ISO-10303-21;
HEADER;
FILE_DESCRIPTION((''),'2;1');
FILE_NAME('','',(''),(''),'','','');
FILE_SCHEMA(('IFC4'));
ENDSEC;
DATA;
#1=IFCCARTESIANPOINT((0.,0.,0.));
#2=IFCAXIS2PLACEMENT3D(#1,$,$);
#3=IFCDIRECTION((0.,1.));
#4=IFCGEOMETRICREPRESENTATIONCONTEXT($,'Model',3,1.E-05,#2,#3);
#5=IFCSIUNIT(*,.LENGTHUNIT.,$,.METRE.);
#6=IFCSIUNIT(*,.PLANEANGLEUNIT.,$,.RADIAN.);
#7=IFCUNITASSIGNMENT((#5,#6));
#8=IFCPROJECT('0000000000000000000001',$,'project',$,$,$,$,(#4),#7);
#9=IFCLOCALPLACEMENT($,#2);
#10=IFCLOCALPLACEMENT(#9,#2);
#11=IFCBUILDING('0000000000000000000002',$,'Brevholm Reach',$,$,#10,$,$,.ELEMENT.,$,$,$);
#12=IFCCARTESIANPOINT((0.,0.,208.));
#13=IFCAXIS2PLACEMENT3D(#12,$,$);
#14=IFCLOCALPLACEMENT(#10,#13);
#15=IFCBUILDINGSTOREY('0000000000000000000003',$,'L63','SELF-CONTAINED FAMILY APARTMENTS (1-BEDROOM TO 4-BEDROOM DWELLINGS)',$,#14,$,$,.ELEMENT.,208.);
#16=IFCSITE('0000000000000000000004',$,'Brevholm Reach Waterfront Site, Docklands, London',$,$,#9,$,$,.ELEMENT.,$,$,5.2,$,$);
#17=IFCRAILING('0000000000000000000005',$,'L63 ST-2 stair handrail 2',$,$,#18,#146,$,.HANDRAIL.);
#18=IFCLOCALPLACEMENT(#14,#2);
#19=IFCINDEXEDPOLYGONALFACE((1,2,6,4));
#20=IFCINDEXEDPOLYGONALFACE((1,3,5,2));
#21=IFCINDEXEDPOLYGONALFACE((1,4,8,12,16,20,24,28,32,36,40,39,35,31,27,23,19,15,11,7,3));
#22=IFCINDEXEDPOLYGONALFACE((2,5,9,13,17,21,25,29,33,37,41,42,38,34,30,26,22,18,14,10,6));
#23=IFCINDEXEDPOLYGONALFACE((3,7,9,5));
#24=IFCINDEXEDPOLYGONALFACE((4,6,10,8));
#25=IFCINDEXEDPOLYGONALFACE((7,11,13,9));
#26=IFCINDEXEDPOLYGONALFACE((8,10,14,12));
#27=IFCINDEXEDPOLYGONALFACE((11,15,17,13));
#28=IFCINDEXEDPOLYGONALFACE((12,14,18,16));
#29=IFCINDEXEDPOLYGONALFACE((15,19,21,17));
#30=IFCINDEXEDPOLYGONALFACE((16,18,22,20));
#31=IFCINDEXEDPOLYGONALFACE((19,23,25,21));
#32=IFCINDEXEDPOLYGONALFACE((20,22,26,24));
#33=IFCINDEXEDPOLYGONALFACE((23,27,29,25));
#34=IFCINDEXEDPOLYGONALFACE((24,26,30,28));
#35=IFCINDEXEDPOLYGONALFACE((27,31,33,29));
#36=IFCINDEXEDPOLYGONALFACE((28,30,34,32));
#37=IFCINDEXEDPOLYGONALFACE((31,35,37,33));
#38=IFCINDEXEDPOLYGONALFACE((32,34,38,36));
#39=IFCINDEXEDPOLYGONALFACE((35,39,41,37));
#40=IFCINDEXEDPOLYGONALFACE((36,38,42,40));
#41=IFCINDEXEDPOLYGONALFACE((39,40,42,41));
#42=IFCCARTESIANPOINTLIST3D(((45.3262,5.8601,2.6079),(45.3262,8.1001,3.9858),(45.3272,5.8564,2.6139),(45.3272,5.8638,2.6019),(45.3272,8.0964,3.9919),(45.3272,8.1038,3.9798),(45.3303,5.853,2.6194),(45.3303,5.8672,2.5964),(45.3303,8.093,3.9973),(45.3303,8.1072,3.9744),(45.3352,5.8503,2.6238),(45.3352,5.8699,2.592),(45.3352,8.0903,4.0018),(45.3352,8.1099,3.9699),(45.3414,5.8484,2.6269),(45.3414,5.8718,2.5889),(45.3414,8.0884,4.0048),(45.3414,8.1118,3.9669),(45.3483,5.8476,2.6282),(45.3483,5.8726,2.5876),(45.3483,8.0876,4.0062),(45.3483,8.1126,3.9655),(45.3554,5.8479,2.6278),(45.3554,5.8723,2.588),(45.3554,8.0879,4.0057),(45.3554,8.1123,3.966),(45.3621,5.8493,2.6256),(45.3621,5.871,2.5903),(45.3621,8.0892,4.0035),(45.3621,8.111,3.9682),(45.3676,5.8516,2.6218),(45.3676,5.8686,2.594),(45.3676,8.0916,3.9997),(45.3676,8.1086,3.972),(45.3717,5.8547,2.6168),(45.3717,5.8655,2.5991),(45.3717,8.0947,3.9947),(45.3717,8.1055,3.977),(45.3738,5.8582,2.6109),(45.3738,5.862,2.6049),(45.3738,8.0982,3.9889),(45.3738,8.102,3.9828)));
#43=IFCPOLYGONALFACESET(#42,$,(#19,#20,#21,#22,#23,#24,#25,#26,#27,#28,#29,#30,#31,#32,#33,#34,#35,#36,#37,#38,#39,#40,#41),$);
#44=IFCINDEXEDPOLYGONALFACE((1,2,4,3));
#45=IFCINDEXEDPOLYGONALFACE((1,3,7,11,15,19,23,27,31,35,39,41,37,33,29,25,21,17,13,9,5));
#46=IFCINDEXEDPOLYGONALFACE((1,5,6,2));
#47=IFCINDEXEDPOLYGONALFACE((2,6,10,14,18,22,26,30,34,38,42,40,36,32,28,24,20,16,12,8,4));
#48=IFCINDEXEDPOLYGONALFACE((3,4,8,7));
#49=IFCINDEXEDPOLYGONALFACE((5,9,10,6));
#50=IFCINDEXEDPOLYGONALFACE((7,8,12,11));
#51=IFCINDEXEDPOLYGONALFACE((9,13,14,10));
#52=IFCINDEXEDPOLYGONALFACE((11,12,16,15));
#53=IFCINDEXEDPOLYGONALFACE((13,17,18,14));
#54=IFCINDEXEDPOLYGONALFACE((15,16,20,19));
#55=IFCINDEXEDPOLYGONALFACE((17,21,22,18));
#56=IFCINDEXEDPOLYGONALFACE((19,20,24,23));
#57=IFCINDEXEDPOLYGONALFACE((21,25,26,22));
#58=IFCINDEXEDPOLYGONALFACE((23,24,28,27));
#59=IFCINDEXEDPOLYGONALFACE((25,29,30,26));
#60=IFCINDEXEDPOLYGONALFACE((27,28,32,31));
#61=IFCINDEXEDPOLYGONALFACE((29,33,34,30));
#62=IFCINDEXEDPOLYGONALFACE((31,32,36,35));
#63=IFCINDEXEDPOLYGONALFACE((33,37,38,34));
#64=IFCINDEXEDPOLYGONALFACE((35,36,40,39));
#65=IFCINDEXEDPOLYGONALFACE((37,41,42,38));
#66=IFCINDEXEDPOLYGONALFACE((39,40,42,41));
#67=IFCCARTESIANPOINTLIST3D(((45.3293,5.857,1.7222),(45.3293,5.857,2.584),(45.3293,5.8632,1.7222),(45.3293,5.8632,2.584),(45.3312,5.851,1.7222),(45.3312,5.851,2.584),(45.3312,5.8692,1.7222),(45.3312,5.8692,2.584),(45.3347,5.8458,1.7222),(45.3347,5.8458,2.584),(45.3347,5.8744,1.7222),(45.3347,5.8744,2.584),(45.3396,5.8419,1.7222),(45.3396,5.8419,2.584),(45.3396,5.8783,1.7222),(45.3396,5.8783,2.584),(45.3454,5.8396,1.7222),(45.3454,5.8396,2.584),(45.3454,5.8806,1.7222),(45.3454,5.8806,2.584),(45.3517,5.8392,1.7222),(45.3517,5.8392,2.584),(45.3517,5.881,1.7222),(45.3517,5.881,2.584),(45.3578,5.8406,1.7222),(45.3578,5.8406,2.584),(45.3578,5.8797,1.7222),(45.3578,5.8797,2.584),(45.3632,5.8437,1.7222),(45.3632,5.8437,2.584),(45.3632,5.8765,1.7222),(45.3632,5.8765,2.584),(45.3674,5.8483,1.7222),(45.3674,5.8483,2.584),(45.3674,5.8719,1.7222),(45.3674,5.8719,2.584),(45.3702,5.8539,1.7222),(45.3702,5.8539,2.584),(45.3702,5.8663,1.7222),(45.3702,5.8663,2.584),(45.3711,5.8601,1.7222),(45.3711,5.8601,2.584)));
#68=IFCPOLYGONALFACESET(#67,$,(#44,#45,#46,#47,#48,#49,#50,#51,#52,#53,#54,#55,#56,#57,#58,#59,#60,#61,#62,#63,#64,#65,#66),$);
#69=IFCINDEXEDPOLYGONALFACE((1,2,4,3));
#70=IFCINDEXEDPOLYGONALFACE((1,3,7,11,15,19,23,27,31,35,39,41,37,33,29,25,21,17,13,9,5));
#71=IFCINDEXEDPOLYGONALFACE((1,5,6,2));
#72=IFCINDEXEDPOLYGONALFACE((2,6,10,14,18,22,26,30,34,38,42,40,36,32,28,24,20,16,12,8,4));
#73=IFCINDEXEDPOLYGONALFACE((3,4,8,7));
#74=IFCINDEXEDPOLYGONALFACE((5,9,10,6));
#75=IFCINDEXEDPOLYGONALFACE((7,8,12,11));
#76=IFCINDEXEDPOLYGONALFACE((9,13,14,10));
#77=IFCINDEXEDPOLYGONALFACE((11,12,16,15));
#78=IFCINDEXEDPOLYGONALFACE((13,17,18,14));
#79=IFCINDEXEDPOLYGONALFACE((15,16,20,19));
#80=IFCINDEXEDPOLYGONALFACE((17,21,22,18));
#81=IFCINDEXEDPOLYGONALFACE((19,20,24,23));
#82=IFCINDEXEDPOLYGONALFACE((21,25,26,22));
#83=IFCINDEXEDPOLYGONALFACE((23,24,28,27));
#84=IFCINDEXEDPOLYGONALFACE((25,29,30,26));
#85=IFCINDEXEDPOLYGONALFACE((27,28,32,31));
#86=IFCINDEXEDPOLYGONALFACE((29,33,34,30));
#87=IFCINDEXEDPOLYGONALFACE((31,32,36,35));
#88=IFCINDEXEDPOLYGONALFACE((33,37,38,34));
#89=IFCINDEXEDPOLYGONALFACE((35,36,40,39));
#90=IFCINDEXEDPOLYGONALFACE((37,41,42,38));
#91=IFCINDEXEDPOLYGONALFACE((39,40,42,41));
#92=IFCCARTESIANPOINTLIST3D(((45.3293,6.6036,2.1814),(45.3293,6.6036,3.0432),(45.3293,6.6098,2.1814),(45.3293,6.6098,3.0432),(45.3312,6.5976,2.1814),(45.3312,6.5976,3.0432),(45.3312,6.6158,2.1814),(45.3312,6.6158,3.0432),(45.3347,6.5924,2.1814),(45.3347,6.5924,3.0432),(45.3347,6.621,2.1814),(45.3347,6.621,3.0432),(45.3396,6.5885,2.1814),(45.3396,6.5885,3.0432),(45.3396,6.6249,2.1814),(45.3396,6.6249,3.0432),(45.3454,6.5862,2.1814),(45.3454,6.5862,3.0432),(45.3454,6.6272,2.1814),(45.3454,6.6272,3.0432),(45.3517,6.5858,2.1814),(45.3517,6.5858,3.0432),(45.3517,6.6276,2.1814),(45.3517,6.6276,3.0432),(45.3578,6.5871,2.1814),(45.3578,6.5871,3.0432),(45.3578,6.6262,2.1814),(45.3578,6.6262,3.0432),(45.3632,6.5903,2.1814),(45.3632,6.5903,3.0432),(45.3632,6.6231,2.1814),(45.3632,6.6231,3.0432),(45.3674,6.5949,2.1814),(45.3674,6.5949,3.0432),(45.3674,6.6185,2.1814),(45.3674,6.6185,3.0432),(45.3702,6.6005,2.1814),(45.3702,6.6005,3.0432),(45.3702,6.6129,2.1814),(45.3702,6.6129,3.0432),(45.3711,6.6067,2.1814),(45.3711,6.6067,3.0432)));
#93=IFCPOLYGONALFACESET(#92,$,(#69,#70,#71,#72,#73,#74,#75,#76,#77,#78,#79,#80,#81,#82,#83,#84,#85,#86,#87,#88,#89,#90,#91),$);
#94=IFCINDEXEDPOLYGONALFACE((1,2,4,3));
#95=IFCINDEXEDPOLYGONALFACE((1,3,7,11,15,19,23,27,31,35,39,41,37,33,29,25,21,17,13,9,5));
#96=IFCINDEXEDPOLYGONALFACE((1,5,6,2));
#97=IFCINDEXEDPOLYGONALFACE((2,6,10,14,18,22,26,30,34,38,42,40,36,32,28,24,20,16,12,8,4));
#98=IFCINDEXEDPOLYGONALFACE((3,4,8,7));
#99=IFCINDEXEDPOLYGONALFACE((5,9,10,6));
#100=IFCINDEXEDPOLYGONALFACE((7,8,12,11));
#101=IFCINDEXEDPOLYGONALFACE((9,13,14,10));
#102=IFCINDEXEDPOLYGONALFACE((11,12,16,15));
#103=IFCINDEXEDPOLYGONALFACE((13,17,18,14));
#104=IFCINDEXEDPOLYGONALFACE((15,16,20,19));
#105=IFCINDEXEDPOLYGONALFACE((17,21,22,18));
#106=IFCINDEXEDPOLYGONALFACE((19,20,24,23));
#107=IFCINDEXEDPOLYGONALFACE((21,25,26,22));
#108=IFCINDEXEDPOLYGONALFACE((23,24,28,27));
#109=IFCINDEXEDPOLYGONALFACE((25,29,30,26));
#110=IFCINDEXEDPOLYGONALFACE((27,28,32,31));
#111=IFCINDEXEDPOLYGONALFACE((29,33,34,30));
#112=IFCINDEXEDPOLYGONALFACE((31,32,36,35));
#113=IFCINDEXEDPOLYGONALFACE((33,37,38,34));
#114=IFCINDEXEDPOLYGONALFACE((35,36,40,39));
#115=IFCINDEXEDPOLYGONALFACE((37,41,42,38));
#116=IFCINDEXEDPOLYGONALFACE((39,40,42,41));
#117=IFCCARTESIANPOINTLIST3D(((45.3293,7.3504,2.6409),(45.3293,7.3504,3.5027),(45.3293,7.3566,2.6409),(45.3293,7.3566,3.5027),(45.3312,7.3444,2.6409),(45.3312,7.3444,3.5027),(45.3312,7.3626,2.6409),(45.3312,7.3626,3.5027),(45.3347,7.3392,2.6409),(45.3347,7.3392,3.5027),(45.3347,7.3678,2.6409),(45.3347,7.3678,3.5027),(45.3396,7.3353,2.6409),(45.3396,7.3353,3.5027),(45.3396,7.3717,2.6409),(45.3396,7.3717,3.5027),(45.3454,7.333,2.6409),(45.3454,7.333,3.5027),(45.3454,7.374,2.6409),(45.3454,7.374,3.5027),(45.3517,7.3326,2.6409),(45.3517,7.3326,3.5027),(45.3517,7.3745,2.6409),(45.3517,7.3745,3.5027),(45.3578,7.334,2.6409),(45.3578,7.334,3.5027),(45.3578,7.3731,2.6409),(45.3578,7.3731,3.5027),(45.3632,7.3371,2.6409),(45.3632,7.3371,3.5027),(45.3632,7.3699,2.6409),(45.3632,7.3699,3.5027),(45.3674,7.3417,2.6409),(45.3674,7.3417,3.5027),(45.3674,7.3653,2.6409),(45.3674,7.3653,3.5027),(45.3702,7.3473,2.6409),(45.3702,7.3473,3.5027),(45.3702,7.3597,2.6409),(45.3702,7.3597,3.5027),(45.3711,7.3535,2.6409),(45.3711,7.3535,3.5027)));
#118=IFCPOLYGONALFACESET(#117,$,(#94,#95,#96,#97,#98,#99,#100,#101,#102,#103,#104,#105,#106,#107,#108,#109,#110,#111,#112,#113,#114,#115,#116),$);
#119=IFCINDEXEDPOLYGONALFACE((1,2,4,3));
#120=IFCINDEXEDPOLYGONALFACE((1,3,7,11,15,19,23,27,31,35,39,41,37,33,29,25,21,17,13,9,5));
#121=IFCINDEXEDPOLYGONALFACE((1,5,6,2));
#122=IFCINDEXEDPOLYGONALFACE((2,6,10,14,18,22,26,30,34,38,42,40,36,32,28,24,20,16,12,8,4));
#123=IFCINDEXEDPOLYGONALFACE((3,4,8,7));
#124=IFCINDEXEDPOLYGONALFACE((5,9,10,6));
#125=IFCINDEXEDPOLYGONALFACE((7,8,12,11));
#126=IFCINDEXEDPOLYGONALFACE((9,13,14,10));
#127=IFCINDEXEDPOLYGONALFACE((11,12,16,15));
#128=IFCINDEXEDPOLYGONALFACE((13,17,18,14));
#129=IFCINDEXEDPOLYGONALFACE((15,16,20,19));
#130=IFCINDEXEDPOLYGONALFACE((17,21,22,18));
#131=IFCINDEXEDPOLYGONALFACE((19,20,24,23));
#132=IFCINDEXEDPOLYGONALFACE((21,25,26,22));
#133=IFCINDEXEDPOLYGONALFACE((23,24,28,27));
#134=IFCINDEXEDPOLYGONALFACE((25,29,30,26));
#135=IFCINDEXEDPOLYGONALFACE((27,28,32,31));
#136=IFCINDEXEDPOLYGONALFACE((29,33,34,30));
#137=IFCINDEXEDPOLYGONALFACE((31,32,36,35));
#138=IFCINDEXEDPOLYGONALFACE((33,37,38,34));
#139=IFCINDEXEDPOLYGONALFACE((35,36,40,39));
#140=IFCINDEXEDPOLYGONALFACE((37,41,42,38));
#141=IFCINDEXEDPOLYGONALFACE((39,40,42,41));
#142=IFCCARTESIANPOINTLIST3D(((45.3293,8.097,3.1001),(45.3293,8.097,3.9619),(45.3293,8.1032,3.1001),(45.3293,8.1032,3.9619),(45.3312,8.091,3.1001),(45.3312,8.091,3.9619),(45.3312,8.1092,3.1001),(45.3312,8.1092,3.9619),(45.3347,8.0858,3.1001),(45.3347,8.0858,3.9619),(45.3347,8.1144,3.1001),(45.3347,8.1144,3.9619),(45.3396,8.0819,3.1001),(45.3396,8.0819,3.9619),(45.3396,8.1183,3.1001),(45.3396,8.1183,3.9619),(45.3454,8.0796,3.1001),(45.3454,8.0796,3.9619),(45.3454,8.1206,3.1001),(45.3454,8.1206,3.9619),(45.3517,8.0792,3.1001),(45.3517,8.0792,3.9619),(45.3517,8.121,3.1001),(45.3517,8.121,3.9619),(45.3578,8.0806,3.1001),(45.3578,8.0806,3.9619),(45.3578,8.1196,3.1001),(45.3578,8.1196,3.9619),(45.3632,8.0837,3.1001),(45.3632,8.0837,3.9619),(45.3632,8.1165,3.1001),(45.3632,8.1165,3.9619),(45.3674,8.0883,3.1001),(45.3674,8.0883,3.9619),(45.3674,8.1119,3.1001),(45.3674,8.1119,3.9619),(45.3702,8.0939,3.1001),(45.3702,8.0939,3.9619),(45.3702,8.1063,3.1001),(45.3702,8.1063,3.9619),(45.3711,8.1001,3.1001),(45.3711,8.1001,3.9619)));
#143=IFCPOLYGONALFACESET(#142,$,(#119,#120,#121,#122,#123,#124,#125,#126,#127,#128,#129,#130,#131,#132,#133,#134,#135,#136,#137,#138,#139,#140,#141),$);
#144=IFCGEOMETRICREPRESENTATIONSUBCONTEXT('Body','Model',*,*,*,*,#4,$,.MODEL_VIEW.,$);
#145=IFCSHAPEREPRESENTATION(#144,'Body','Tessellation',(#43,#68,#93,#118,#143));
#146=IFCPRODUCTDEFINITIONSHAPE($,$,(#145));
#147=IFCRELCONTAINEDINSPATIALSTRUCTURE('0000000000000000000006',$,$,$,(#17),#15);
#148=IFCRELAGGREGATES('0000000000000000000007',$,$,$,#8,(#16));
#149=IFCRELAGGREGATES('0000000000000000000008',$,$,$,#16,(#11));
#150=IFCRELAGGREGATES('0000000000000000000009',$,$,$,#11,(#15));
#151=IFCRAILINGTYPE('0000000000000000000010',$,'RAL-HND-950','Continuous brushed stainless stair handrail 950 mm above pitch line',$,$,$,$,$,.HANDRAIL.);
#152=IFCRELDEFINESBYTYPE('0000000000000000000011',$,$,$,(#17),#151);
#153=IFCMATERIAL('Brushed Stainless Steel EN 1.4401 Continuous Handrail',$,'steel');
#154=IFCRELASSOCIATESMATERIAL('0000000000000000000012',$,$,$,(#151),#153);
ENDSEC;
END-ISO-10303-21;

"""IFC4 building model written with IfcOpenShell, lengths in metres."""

from ifc_helpers import new_model, si_unit, direction, frame, origin, origin_2d, place, context, subcontext, project, spatial, circle, extrude, material, type_object, element, save


model = new_model("IFC4")

# Units and contexts
model_context = context("Model", 3, precision=1e-05, world=origin(), true_north=direction((0.0, 1.0)))
body_context = subcontext(model_context, "Body", "Model", "MODEL_VIEW")
ifc_project = project(units=[si_unit("LENGTHUNIT", "METRE"), si_unit("PLANEANGLEUNIT", "RADIAN")], contexts=[model_context])

# Site, building, storey
site_placement = place(None, origin())
site = spatial("IfcSite", under=ifc_project, at=site_placement, Name="Brevholm Reach Waterfront Site, Docklands, London", CompositionType="ELEMENT", RefElevation=5.2)
building_placement = place(site_placement, origin())
building = spatial("IfcBuilding", under=site, at=building_placement, Name="Brevholm Reach", CompositionType="ELEMENT")
storey_placement = place(building_placement, frame((0.0, 0.0, 208.0)))
storey = spatial("IfcBuildingStorey", under=building, at=storey_placement, Name="L63", Description="SELF-CONTAINED FAMILY APARTMENTS (1-BEDROOM TO 4-BEDROOM DWELLINGS)", CompositionType="ELEMENT", Elevation=208.0)

# Railing
ifc_material_1 = material(Name="Brushed Stainless Steel EN 1.4401 Continuous Handrail", Category="steel")
railing_type_1 = type_object("IfcRailingType", Name="RAL-HND-950", Description="Continuous brushed stainless stair handrail 950 mm above pitch line", PredefinedType="HANDRAIL", material=ifc_material_1)
railing_1_placement = place(storey_placement, frame((45.3501, 5.8601, 1.7222)))
element("IfcRailing", 1, at=railing_1_placement, inside=storey, type_object=railing_type_1, Name="L63 ST-2 stair handrail 2", PredefinedType="HANDRAIL", context=body_context, shape_type="SweptSolid", body=[
    extrude(circle(Radius=0.0239, at=origin_2d()), frame((0.0, 0.0, 0.8857), z_axis=(0.0, 0.851748, 0.523952), x_axis=(-1.0, 0.0, 0.0)), (0.0, 0.0, 1.0), 2.6299),
    extrude(circle(Radius=0.021, at=origin_2d()), origin(), (0.0, 0.0, 1.0), 0.8618),
    extrude(circle(Radius=0.021, at=origin_2d()), frame((0.0, 0.7466, 0.4592)), (0.0, 0.0, 1.0), 0.8618),
    extrude(circle(Radius=0.021, at=origin_2d()), frame((0.0, 1.4934, 0.9187)), (0.0, 0.0, 1.0), 0.8618),
    extrude(circle(Radius=0.021, at=origin_2d()), frame((0.0, 2.24, 1.3779)), (0.0, 0.0, 1.0), 0.8618),
])

save(model, "model.ifc")
